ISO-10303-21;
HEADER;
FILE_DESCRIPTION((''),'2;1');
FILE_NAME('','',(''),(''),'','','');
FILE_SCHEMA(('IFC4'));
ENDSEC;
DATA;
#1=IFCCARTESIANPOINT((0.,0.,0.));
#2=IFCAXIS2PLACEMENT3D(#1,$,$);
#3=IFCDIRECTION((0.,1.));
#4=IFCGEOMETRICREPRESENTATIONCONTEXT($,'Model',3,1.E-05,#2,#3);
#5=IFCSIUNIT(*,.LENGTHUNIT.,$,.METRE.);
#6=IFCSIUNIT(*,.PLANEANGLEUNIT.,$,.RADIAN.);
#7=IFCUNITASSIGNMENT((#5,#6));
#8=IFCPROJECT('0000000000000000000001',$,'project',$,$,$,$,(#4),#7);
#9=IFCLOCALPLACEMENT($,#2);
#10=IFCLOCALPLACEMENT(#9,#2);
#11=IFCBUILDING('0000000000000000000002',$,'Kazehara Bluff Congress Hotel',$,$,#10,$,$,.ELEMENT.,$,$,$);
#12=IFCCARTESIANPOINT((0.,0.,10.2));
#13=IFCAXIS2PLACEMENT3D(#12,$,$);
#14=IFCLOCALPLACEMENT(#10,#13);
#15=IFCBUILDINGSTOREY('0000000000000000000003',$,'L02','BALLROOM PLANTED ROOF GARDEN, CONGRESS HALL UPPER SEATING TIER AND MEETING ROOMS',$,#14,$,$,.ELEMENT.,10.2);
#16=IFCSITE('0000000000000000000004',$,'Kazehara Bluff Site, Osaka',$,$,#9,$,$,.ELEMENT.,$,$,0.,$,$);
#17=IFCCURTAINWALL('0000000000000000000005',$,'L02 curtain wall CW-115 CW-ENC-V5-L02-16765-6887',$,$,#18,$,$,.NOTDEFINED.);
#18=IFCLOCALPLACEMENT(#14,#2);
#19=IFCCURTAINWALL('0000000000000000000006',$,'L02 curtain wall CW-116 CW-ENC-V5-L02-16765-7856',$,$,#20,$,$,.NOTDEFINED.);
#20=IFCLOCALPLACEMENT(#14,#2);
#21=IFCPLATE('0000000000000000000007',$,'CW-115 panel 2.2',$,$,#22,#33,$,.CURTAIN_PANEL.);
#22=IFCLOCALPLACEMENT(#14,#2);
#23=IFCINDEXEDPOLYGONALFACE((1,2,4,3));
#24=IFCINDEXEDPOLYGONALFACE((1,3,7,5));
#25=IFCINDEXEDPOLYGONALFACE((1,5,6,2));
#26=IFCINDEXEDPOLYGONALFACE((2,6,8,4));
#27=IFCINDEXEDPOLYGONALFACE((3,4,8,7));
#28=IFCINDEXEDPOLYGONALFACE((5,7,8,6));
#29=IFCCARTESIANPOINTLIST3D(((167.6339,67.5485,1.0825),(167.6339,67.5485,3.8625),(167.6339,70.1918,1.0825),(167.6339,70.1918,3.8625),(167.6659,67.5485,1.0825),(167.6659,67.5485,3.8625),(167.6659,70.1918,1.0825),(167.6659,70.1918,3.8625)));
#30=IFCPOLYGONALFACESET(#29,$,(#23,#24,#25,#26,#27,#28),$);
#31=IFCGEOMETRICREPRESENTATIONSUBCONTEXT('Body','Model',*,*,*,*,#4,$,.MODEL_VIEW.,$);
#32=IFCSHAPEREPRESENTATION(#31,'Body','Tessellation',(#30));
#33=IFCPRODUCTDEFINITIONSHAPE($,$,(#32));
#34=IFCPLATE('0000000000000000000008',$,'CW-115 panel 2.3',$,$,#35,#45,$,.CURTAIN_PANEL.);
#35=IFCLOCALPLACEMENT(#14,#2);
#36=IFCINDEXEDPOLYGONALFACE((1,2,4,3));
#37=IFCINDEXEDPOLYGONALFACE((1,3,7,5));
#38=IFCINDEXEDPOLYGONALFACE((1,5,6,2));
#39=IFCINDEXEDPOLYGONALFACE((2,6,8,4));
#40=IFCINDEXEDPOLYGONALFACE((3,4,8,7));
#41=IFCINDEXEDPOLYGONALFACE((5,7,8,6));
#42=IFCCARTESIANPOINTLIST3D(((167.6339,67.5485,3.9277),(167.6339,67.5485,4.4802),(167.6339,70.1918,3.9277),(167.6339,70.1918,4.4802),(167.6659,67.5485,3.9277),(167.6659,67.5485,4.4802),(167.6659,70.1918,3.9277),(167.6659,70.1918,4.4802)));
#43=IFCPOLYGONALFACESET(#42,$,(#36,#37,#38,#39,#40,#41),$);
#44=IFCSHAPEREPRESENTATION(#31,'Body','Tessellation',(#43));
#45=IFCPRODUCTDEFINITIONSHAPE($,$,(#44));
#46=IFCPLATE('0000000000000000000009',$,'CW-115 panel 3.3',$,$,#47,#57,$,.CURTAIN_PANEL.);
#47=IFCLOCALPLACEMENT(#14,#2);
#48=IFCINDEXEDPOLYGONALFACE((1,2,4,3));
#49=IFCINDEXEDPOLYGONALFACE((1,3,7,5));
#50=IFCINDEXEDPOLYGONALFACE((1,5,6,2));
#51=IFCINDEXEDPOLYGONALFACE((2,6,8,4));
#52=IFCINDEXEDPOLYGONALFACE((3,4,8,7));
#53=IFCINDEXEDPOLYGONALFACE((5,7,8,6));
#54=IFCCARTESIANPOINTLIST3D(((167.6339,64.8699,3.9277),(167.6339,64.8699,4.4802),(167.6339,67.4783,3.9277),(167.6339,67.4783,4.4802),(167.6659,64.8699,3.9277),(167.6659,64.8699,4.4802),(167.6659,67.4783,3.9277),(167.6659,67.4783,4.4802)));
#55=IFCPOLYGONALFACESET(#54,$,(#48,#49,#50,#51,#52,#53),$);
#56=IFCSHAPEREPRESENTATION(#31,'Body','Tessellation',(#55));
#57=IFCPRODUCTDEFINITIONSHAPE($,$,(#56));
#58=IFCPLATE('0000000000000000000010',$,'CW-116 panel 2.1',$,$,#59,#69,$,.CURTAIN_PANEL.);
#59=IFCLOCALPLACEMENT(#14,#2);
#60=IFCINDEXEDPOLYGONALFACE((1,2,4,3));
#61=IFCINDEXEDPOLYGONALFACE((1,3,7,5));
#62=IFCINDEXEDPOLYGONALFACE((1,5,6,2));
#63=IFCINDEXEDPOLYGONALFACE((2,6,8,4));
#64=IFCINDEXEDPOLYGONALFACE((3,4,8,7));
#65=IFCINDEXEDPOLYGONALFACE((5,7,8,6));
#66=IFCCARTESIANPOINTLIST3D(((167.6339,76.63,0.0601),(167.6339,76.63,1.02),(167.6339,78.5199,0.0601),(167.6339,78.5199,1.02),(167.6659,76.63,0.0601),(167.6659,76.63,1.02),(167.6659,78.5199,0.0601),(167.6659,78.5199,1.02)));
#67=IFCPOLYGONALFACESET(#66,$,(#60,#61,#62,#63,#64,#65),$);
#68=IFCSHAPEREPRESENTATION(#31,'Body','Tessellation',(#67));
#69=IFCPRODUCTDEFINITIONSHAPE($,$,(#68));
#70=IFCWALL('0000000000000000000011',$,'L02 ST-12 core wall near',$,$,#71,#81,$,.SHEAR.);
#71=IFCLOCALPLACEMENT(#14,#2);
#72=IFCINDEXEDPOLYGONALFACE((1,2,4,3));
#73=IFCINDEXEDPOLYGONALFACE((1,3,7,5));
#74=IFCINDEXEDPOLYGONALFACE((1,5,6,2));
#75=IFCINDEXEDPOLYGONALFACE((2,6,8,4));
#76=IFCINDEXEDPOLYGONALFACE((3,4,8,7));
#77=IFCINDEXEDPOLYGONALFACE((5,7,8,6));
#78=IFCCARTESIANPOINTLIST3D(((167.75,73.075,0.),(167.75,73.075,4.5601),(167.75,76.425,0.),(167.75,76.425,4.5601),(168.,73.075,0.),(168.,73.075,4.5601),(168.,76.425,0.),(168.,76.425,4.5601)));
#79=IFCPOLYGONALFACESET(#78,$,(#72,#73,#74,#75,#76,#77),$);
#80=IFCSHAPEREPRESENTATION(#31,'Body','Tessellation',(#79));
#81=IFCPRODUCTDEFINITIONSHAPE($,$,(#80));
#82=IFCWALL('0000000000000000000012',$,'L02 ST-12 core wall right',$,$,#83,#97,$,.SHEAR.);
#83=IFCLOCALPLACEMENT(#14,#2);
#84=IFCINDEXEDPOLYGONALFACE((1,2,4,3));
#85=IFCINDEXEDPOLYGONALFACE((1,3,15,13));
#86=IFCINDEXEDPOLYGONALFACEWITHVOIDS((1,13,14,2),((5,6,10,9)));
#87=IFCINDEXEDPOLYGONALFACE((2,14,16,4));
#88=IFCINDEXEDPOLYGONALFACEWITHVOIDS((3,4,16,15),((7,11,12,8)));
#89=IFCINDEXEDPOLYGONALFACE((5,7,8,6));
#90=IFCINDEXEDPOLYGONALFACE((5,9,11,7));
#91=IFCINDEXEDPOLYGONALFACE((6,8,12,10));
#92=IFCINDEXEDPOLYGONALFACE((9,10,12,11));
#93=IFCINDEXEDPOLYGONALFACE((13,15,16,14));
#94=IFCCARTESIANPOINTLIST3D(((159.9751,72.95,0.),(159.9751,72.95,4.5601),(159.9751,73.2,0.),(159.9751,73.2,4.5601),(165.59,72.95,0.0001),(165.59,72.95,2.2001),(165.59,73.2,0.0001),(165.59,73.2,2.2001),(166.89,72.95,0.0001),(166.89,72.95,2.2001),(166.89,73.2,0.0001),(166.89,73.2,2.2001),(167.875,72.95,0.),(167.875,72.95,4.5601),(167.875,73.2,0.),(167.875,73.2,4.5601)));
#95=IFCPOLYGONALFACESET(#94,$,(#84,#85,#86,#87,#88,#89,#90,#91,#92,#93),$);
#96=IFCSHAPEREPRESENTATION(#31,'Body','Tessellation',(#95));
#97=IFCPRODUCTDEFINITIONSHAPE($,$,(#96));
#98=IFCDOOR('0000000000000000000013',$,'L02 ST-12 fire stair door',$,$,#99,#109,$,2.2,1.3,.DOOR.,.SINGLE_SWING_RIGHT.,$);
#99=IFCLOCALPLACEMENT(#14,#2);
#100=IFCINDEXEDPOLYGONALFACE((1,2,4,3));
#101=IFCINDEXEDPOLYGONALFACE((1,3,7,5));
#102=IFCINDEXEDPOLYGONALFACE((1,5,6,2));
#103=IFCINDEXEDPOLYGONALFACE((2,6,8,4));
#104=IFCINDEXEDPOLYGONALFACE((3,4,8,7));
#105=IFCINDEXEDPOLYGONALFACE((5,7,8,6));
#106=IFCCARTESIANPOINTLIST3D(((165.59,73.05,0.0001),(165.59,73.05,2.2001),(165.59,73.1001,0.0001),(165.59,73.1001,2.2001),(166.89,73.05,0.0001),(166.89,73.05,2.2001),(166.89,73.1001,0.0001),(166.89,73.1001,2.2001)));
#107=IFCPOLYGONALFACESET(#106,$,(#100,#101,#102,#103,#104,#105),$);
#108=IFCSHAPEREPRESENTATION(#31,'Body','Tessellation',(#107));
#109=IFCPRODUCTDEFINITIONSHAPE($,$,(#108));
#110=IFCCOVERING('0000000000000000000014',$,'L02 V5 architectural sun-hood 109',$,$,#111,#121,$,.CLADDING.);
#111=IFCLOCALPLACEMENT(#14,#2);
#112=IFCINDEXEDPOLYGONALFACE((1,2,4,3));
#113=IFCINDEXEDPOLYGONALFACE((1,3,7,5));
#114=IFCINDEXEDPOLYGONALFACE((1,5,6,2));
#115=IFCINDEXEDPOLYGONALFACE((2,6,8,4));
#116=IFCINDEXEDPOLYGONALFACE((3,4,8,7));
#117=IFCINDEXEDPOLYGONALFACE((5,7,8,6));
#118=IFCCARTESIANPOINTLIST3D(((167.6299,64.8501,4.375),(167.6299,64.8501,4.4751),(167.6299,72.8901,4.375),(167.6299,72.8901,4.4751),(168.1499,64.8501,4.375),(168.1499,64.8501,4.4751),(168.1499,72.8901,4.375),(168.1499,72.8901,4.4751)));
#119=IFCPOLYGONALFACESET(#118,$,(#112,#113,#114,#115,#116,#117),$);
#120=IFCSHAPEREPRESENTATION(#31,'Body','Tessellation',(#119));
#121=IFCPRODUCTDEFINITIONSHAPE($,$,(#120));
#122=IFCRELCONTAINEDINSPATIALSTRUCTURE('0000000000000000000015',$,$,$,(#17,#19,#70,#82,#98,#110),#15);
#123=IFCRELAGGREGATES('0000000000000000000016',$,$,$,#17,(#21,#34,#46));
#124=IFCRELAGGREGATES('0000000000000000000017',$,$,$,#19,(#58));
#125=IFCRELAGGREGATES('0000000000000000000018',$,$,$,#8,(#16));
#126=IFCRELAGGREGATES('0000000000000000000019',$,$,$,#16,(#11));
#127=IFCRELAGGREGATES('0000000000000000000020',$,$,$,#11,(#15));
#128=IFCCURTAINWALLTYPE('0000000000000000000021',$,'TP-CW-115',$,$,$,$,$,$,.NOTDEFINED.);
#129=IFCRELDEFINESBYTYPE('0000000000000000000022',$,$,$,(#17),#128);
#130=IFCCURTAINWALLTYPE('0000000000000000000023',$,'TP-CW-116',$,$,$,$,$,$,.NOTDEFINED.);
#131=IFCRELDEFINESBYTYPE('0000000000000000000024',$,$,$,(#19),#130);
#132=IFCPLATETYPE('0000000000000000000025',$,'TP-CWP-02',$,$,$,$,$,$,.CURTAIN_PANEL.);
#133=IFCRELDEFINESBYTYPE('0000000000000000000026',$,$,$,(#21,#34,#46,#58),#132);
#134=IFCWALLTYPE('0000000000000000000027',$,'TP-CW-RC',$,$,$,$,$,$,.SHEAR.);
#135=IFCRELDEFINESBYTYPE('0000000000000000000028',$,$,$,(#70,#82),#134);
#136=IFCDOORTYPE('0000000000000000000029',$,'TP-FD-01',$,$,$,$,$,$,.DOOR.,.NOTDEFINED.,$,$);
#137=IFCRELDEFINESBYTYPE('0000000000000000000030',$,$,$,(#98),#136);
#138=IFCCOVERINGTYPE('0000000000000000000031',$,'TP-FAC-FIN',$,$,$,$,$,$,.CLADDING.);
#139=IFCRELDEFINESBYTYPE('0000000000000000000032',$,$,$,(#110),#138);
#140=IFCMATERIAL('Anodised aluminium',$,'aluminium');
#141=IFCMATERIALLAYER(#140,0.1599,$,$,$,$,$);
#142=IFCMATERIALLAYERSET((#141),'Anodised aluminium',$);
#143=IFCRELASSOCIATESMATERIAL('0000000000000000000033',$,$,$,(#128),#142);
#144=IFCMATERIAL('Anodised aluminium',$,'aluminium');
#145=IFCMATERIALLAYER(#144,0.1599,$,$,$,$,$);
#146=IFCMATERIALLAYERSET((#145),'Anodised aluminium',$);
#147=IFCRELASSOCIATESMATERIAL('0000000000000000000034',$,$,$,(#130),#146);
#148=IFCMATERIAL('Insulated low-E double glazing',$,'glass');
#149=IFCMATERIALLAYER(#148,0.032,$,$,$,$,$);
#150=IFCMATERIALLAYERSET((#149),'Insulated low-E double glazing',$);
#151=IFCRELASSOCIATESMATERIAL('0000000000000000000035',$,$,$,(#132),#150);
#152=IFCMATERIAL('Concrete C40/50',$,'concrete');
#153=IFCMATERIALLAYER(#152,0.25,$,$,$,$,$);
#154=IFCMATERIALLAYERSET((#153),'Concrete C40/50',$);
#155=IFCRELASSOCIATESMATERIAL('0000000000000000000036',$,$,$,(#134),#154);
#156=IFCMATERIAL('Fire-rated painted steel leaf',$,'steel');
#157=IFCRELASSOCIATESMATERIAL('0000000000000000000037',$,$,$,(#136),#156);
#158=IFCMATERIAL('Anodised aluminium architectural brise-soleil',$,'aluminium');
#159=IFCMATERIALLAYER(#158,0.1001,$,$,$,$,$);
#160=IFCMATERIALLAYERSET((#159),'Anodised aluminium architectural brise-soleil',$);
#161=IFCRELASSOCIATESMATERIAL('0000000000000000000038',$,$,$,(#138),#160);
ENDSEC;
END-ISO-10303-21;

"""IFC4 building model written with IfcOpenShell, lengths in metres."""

from ifc_helpers import new_model, si_unit, direction, frame, frame_2d, origin, origin_2d, place, context, subcontext, project, spatial, rectangle, extrude, material, layer, layer_set, type_object, element, fill, aggregate, save


model = new_model("IFC4")

# Units and contexts
model_context = context("Model", 3, precision=1e-05, world=origin(), true_north=direction((0.0, 1.0)))
body_context = subcontext(model_context, "Body", "Model", "MODEL_VIEW")
ifc_project = project(units=[si_unit("LENGTHUNIT", "METRE"), si_unit("PLANEANGLEUNIT", "RADIAN")], contexts=[model_context])

# Site, building, storey
site_placement = place(None, origin())
site = spatial("IfcSite", under=ifc_project, at=site_placement, Name="Kazehara Bluff Site, Osaka", CompositionType="ELEMENT", RefElevation=0.0)
building_placement = place(site_placement, origin())
building = spatial("IfcBuilding", under=site, at=building_placement, Name="Kazehara Bluff Congress Hotel", CompositionType="ELEMENT")
storey_placement = place(building_placement, frame((0.0, 0.0, 10.2)))
storey = spatial("IfcBuildingStorey", under=building, at=storey_placement, Name="L02", Description="BALLROOM PLANTED ROOF GARDEN, CONGRESS HALL UPPER SEATING TIER AND MEETING ROOMS", CompositionType="ELEMENT", Elevation=10.2)

# Curtain wall
ifc_material_1 = material(Name="Anodised aluminium", Category="aluminium")
ifc_layer_1 = layer(ifc_material_1, 0.1599)
ifc_layer_set_1 = layer_set([ifc_layer_1], Name="Anodised aluminium")
curtain_wall_type_1 = type_object("IfcCurtainWallType", Name="TP-CW-115", PredefinedType="NOTDEFINED", material=ifc_layer_set_1)
curtain_wall_1_placement = place(storey_placement, origin())
curtain_wall_1 = element("IfcCurtainWall", 1, at=curtain_wall_1_placement, inside=storey, type_object=curtain_wall_type_1, Name="L02 curtain wall CW-115 CW-ENC-V5-L02-16765-6887", PredefinedType="NOTDEFINED")

# Curtain wall
ifc_material_2 = material(Name="Anodised aluminium", Category="aluminium")
ifc_layer_2 = layer(ifc_material_2, 0.1599)
ifc_layer_set_2 = layer_set([ifc_layer_2], Name="Anodised aluminium")
curtain_wall_type_2 = type_object("IfcCurtainWallType", Name="TP-CW-116", PredefinedType="NOTDEFINED", material=ifc_layer_set_2)
curtain_wall_2_placement = place(storey_placement, origin())
curtain_wall_2 = element("IfcCurtainWall", 2, at=curtain_wall_2_placement, inside=storey, type_object=curtain_wall_type_2, Name="L02 curtain wall CW-116 CW-ENC-V5-L02-16765-7856", PredefinedType="NOTDEFINED")

# Plates
ifc_material_3 = material(Name="Insulated low-E double glazing", Category="glass")
ifc_layer_3 = layer(ifc_material_3, 0.032)
ifc_layer_set_3 = layer_set([ifc_layer_3], Name="Insulated low-E double glazing")
plate_type = type_object("IfcPlateType", Name="TP-CWP-02", PredefinedType="CURTAIN_PANEL", material=ifc_layer_set_3)
plate_1_placement = place(storey_placement, frame((167.6499, 68.8701, 1.0825), z_axis=(0.0, 0.0, 1.0), x_axis=(0.0, -1.0, 0.0)))
plate_1 = element("IfcPlate", 3, at=plate_1_placement, type_object=plate_type, Name="CW-115 panel 2.2", PredefinedType="CURTAIN_PANEL", context=body_context, shape_type="SweptSolid", body=[
    extrude(rectangle(XDim=2.6433, YDim=0.032, at=origin_2d()), origin(), (0.0, 0.0, 1.0), 2.78),
])
plate_2_placement = place(storey_placement, frame((167.6499, 68.8701, 3.9277), z_axis=(0.0, 0.0, 1.0), x_axis=(0.0, -1.0, 0.0)))
plate_2 = element("IfcPlate", 4, at=plate_2_placement, type_object=plate_type, Name="CW-115 panel 2.3", PredefinedType="CURTAIN_PANEL", context=body_context, shape_type="SweptSolid", body=[
    extrude(rectangle(XDim=2.6433, YDim=0.032, at=origin_2d()), origin(), (0.0, 0.0, 1.0), 0.5525),
])
plate_3_placement = place(storey_placement, frame((167.6499, 66.1741, 3.9277), z_axis=(0.0, 0.0, 1.0), x_axis=(0.0, -1.0, 0.0)))
plate_3 = element("IfcPlate", 5, at=plate_3_placement, type_object=plate_type, Name="CW-115 panel 3.3", PredefinedType="CURTAIN_PANEL", context=body_context, shape_type="SweptSolid", body=[
    extrude(rectangle(XDim=2.6084, YDim=0.032, at=origin_2d()), origin(), (0.0, 0.0, 1.0), 0.5525),
])
aggregate(curtain_wall_1, [plate_1, plate_2, plate_3])
plate_4_placement = place(storey_placement, frame((167.6499, 77.575, 0.0601), z_axis=(0.0, 0.0, 1.0), x_axis=(0.0, -1.0, 0.0)))
plate_4 = element("IfcPlate", 6, at=plate_4_placement, type_object=plate_type, Name="CW-116 panel 2.1", PredefinedType="CURTAIN_PANEL", context=body_context, shape_type="SweptSolid", body=[
    extrude(rectangle(XDim=1.8899, YDim=0.032, at=origin_2d()), origin(), (0.0, 0.0, 1.0), 0.96),
])
aggregate(curtain_wall_2, [plate_4])

# Wall
ifc_material_4 = material(Name="Concrete C40/50", Category="concrete")
ifc_layer_4 = layer(ifc_material_4, 0.25)
ifc_layer_set_4 = layer_set([ifc_layer_4], Name="Concrete C40/50")
wall_type = type_object("IfcWallType", Name="TP-CW-RC", PredefinedType="SHEAR", material=ifc_layer_set_4)
wall_1_placement = place(storey_placement, frame((167.875, 76.425, 0.0), z_axis=(0.0, 0.0, 1.0), x_axis=(0.0, -1.0, 0.0)))
element("IfcWall", 7, at=wall_1_placement, inside=storey, type_object=wall_type, Name="L02 ST-12 core wall near", PredefinedType="SHEAR", context=body_context, shape_type="SweptSolid", body=[
    extrude(rectangle(XDim=3.3501, YDim=0.25, at=frame_2d((1.675, 0.0))), origin(), (0.0, 0.0, 1.0), 4.5601),
])

# Wall, opening, door
wall_2_placement = place(storey_placement, frame((167.875, 73.075, 0.0), z_axis=(0.0, 0.0, 1.0), x_axis=(-1.0, 0.0, 0.0)))
wall_2 = element("IfcWall", 8, at=wall_2_placement, inside=storey, type_object=wall_type, Name="L02 ST-12 core wall right", PredefinedType="SHEAR", context=body_context, shape_type="SweptSolid", body=[
    extrude(rectangle(XDim=7.8999, YDim=0.25, at=frame_2d((3.95, 0.0))), origin(), (0.0, 0.0, 1.0), 4.5601),
])
opening_placement = place(wall_2_placement, frame((0.9851, 0.0, 0.0)))
opening = element("IfcOpeningElement", 9, at=opening_placement, cuts=wall_2, PredefinedType="OPENING", context=body_context, shape_type="SweptSolid", body=[
    extrude(rectangle(XDim=1.3, YDim=2.2, at=frame_2d((0.6499, 1.1001))), frame((0.0, 0.135, 0.0), z_axis=(0.0, -1.0, 0.0), x_axis=(1.0, 0.0, 0.0)), (0.0, 0.0, 1.0), 0.27),
])
ifc_material_5 = material(Name="Fire-rated painted steel leaf", Category="steel")
door_type = type_object("IfcDoorType", Name="TP-FD-01", OperationType="NOTDEFINED", PredefinedType="DOOR", material=ifc_material_5)
door_placement = place(opening_placement, origin())
door = element("IfcDoor", 10, at=door_placement, inside=storey, type_object=door_type, Name="L02 ST-12 fire stair door", OperationType="SINGLE_SWING_RIGHT", OverallHeight=2.2, OverallWidth=1.3, PredefinedType="DOOR", context=body_context, shape_type="SweptSolid", body=[
    extrude(rectangle(XDim=1.3, YDim=2.2, at=frame_2d((0.6499, 1.1001))), frame((0.0, 0.0249, 0.0), z_axis=(0.0, -1.0, 0.0), x_axis=(1.0, 0.0, 0.0)), (0.0, 0.0, 1.0), 0.05),
])
fill(opening, door)

# Covering
ifc_material_6 = material(Name="Anodised aluminium architectural brise-soleil", Category="aluminium")
ifc_layer_5 = layer(ifc_material_6, 0.1001)
ifc_layer_set_5 = layer_set([ifc_layer_5], Name="Anodised aluminium architectural brise-soleil")
covering_type = type_object("IfcCoveringType", Name="TP-FAC-FIN", PredefinedType="CLADDING", material=ifc_layer_set_5)
covering_placement = place(storey_placement, frame((167.8899, 68.8701, 4.375), z_axis=(0.0, 0.0, 1.0), x_axis=(1.0, 0.0, 0.0)))
element("IfcCovering", 11, at=covering_placement, inside=storey, type_object=covering_type, Name="L02 V5 architectural sun-hood 109", PredefinedType="CLADDING", context=body_context, shape_type="SweptSolid", body=[
    extrude(rectangle(XDim=0.52, YDim=8.04, at=origin_2d()), origin(), (0.0, 0.0, 1.0), 0.1001),
])

save(model, "model.ifc")
